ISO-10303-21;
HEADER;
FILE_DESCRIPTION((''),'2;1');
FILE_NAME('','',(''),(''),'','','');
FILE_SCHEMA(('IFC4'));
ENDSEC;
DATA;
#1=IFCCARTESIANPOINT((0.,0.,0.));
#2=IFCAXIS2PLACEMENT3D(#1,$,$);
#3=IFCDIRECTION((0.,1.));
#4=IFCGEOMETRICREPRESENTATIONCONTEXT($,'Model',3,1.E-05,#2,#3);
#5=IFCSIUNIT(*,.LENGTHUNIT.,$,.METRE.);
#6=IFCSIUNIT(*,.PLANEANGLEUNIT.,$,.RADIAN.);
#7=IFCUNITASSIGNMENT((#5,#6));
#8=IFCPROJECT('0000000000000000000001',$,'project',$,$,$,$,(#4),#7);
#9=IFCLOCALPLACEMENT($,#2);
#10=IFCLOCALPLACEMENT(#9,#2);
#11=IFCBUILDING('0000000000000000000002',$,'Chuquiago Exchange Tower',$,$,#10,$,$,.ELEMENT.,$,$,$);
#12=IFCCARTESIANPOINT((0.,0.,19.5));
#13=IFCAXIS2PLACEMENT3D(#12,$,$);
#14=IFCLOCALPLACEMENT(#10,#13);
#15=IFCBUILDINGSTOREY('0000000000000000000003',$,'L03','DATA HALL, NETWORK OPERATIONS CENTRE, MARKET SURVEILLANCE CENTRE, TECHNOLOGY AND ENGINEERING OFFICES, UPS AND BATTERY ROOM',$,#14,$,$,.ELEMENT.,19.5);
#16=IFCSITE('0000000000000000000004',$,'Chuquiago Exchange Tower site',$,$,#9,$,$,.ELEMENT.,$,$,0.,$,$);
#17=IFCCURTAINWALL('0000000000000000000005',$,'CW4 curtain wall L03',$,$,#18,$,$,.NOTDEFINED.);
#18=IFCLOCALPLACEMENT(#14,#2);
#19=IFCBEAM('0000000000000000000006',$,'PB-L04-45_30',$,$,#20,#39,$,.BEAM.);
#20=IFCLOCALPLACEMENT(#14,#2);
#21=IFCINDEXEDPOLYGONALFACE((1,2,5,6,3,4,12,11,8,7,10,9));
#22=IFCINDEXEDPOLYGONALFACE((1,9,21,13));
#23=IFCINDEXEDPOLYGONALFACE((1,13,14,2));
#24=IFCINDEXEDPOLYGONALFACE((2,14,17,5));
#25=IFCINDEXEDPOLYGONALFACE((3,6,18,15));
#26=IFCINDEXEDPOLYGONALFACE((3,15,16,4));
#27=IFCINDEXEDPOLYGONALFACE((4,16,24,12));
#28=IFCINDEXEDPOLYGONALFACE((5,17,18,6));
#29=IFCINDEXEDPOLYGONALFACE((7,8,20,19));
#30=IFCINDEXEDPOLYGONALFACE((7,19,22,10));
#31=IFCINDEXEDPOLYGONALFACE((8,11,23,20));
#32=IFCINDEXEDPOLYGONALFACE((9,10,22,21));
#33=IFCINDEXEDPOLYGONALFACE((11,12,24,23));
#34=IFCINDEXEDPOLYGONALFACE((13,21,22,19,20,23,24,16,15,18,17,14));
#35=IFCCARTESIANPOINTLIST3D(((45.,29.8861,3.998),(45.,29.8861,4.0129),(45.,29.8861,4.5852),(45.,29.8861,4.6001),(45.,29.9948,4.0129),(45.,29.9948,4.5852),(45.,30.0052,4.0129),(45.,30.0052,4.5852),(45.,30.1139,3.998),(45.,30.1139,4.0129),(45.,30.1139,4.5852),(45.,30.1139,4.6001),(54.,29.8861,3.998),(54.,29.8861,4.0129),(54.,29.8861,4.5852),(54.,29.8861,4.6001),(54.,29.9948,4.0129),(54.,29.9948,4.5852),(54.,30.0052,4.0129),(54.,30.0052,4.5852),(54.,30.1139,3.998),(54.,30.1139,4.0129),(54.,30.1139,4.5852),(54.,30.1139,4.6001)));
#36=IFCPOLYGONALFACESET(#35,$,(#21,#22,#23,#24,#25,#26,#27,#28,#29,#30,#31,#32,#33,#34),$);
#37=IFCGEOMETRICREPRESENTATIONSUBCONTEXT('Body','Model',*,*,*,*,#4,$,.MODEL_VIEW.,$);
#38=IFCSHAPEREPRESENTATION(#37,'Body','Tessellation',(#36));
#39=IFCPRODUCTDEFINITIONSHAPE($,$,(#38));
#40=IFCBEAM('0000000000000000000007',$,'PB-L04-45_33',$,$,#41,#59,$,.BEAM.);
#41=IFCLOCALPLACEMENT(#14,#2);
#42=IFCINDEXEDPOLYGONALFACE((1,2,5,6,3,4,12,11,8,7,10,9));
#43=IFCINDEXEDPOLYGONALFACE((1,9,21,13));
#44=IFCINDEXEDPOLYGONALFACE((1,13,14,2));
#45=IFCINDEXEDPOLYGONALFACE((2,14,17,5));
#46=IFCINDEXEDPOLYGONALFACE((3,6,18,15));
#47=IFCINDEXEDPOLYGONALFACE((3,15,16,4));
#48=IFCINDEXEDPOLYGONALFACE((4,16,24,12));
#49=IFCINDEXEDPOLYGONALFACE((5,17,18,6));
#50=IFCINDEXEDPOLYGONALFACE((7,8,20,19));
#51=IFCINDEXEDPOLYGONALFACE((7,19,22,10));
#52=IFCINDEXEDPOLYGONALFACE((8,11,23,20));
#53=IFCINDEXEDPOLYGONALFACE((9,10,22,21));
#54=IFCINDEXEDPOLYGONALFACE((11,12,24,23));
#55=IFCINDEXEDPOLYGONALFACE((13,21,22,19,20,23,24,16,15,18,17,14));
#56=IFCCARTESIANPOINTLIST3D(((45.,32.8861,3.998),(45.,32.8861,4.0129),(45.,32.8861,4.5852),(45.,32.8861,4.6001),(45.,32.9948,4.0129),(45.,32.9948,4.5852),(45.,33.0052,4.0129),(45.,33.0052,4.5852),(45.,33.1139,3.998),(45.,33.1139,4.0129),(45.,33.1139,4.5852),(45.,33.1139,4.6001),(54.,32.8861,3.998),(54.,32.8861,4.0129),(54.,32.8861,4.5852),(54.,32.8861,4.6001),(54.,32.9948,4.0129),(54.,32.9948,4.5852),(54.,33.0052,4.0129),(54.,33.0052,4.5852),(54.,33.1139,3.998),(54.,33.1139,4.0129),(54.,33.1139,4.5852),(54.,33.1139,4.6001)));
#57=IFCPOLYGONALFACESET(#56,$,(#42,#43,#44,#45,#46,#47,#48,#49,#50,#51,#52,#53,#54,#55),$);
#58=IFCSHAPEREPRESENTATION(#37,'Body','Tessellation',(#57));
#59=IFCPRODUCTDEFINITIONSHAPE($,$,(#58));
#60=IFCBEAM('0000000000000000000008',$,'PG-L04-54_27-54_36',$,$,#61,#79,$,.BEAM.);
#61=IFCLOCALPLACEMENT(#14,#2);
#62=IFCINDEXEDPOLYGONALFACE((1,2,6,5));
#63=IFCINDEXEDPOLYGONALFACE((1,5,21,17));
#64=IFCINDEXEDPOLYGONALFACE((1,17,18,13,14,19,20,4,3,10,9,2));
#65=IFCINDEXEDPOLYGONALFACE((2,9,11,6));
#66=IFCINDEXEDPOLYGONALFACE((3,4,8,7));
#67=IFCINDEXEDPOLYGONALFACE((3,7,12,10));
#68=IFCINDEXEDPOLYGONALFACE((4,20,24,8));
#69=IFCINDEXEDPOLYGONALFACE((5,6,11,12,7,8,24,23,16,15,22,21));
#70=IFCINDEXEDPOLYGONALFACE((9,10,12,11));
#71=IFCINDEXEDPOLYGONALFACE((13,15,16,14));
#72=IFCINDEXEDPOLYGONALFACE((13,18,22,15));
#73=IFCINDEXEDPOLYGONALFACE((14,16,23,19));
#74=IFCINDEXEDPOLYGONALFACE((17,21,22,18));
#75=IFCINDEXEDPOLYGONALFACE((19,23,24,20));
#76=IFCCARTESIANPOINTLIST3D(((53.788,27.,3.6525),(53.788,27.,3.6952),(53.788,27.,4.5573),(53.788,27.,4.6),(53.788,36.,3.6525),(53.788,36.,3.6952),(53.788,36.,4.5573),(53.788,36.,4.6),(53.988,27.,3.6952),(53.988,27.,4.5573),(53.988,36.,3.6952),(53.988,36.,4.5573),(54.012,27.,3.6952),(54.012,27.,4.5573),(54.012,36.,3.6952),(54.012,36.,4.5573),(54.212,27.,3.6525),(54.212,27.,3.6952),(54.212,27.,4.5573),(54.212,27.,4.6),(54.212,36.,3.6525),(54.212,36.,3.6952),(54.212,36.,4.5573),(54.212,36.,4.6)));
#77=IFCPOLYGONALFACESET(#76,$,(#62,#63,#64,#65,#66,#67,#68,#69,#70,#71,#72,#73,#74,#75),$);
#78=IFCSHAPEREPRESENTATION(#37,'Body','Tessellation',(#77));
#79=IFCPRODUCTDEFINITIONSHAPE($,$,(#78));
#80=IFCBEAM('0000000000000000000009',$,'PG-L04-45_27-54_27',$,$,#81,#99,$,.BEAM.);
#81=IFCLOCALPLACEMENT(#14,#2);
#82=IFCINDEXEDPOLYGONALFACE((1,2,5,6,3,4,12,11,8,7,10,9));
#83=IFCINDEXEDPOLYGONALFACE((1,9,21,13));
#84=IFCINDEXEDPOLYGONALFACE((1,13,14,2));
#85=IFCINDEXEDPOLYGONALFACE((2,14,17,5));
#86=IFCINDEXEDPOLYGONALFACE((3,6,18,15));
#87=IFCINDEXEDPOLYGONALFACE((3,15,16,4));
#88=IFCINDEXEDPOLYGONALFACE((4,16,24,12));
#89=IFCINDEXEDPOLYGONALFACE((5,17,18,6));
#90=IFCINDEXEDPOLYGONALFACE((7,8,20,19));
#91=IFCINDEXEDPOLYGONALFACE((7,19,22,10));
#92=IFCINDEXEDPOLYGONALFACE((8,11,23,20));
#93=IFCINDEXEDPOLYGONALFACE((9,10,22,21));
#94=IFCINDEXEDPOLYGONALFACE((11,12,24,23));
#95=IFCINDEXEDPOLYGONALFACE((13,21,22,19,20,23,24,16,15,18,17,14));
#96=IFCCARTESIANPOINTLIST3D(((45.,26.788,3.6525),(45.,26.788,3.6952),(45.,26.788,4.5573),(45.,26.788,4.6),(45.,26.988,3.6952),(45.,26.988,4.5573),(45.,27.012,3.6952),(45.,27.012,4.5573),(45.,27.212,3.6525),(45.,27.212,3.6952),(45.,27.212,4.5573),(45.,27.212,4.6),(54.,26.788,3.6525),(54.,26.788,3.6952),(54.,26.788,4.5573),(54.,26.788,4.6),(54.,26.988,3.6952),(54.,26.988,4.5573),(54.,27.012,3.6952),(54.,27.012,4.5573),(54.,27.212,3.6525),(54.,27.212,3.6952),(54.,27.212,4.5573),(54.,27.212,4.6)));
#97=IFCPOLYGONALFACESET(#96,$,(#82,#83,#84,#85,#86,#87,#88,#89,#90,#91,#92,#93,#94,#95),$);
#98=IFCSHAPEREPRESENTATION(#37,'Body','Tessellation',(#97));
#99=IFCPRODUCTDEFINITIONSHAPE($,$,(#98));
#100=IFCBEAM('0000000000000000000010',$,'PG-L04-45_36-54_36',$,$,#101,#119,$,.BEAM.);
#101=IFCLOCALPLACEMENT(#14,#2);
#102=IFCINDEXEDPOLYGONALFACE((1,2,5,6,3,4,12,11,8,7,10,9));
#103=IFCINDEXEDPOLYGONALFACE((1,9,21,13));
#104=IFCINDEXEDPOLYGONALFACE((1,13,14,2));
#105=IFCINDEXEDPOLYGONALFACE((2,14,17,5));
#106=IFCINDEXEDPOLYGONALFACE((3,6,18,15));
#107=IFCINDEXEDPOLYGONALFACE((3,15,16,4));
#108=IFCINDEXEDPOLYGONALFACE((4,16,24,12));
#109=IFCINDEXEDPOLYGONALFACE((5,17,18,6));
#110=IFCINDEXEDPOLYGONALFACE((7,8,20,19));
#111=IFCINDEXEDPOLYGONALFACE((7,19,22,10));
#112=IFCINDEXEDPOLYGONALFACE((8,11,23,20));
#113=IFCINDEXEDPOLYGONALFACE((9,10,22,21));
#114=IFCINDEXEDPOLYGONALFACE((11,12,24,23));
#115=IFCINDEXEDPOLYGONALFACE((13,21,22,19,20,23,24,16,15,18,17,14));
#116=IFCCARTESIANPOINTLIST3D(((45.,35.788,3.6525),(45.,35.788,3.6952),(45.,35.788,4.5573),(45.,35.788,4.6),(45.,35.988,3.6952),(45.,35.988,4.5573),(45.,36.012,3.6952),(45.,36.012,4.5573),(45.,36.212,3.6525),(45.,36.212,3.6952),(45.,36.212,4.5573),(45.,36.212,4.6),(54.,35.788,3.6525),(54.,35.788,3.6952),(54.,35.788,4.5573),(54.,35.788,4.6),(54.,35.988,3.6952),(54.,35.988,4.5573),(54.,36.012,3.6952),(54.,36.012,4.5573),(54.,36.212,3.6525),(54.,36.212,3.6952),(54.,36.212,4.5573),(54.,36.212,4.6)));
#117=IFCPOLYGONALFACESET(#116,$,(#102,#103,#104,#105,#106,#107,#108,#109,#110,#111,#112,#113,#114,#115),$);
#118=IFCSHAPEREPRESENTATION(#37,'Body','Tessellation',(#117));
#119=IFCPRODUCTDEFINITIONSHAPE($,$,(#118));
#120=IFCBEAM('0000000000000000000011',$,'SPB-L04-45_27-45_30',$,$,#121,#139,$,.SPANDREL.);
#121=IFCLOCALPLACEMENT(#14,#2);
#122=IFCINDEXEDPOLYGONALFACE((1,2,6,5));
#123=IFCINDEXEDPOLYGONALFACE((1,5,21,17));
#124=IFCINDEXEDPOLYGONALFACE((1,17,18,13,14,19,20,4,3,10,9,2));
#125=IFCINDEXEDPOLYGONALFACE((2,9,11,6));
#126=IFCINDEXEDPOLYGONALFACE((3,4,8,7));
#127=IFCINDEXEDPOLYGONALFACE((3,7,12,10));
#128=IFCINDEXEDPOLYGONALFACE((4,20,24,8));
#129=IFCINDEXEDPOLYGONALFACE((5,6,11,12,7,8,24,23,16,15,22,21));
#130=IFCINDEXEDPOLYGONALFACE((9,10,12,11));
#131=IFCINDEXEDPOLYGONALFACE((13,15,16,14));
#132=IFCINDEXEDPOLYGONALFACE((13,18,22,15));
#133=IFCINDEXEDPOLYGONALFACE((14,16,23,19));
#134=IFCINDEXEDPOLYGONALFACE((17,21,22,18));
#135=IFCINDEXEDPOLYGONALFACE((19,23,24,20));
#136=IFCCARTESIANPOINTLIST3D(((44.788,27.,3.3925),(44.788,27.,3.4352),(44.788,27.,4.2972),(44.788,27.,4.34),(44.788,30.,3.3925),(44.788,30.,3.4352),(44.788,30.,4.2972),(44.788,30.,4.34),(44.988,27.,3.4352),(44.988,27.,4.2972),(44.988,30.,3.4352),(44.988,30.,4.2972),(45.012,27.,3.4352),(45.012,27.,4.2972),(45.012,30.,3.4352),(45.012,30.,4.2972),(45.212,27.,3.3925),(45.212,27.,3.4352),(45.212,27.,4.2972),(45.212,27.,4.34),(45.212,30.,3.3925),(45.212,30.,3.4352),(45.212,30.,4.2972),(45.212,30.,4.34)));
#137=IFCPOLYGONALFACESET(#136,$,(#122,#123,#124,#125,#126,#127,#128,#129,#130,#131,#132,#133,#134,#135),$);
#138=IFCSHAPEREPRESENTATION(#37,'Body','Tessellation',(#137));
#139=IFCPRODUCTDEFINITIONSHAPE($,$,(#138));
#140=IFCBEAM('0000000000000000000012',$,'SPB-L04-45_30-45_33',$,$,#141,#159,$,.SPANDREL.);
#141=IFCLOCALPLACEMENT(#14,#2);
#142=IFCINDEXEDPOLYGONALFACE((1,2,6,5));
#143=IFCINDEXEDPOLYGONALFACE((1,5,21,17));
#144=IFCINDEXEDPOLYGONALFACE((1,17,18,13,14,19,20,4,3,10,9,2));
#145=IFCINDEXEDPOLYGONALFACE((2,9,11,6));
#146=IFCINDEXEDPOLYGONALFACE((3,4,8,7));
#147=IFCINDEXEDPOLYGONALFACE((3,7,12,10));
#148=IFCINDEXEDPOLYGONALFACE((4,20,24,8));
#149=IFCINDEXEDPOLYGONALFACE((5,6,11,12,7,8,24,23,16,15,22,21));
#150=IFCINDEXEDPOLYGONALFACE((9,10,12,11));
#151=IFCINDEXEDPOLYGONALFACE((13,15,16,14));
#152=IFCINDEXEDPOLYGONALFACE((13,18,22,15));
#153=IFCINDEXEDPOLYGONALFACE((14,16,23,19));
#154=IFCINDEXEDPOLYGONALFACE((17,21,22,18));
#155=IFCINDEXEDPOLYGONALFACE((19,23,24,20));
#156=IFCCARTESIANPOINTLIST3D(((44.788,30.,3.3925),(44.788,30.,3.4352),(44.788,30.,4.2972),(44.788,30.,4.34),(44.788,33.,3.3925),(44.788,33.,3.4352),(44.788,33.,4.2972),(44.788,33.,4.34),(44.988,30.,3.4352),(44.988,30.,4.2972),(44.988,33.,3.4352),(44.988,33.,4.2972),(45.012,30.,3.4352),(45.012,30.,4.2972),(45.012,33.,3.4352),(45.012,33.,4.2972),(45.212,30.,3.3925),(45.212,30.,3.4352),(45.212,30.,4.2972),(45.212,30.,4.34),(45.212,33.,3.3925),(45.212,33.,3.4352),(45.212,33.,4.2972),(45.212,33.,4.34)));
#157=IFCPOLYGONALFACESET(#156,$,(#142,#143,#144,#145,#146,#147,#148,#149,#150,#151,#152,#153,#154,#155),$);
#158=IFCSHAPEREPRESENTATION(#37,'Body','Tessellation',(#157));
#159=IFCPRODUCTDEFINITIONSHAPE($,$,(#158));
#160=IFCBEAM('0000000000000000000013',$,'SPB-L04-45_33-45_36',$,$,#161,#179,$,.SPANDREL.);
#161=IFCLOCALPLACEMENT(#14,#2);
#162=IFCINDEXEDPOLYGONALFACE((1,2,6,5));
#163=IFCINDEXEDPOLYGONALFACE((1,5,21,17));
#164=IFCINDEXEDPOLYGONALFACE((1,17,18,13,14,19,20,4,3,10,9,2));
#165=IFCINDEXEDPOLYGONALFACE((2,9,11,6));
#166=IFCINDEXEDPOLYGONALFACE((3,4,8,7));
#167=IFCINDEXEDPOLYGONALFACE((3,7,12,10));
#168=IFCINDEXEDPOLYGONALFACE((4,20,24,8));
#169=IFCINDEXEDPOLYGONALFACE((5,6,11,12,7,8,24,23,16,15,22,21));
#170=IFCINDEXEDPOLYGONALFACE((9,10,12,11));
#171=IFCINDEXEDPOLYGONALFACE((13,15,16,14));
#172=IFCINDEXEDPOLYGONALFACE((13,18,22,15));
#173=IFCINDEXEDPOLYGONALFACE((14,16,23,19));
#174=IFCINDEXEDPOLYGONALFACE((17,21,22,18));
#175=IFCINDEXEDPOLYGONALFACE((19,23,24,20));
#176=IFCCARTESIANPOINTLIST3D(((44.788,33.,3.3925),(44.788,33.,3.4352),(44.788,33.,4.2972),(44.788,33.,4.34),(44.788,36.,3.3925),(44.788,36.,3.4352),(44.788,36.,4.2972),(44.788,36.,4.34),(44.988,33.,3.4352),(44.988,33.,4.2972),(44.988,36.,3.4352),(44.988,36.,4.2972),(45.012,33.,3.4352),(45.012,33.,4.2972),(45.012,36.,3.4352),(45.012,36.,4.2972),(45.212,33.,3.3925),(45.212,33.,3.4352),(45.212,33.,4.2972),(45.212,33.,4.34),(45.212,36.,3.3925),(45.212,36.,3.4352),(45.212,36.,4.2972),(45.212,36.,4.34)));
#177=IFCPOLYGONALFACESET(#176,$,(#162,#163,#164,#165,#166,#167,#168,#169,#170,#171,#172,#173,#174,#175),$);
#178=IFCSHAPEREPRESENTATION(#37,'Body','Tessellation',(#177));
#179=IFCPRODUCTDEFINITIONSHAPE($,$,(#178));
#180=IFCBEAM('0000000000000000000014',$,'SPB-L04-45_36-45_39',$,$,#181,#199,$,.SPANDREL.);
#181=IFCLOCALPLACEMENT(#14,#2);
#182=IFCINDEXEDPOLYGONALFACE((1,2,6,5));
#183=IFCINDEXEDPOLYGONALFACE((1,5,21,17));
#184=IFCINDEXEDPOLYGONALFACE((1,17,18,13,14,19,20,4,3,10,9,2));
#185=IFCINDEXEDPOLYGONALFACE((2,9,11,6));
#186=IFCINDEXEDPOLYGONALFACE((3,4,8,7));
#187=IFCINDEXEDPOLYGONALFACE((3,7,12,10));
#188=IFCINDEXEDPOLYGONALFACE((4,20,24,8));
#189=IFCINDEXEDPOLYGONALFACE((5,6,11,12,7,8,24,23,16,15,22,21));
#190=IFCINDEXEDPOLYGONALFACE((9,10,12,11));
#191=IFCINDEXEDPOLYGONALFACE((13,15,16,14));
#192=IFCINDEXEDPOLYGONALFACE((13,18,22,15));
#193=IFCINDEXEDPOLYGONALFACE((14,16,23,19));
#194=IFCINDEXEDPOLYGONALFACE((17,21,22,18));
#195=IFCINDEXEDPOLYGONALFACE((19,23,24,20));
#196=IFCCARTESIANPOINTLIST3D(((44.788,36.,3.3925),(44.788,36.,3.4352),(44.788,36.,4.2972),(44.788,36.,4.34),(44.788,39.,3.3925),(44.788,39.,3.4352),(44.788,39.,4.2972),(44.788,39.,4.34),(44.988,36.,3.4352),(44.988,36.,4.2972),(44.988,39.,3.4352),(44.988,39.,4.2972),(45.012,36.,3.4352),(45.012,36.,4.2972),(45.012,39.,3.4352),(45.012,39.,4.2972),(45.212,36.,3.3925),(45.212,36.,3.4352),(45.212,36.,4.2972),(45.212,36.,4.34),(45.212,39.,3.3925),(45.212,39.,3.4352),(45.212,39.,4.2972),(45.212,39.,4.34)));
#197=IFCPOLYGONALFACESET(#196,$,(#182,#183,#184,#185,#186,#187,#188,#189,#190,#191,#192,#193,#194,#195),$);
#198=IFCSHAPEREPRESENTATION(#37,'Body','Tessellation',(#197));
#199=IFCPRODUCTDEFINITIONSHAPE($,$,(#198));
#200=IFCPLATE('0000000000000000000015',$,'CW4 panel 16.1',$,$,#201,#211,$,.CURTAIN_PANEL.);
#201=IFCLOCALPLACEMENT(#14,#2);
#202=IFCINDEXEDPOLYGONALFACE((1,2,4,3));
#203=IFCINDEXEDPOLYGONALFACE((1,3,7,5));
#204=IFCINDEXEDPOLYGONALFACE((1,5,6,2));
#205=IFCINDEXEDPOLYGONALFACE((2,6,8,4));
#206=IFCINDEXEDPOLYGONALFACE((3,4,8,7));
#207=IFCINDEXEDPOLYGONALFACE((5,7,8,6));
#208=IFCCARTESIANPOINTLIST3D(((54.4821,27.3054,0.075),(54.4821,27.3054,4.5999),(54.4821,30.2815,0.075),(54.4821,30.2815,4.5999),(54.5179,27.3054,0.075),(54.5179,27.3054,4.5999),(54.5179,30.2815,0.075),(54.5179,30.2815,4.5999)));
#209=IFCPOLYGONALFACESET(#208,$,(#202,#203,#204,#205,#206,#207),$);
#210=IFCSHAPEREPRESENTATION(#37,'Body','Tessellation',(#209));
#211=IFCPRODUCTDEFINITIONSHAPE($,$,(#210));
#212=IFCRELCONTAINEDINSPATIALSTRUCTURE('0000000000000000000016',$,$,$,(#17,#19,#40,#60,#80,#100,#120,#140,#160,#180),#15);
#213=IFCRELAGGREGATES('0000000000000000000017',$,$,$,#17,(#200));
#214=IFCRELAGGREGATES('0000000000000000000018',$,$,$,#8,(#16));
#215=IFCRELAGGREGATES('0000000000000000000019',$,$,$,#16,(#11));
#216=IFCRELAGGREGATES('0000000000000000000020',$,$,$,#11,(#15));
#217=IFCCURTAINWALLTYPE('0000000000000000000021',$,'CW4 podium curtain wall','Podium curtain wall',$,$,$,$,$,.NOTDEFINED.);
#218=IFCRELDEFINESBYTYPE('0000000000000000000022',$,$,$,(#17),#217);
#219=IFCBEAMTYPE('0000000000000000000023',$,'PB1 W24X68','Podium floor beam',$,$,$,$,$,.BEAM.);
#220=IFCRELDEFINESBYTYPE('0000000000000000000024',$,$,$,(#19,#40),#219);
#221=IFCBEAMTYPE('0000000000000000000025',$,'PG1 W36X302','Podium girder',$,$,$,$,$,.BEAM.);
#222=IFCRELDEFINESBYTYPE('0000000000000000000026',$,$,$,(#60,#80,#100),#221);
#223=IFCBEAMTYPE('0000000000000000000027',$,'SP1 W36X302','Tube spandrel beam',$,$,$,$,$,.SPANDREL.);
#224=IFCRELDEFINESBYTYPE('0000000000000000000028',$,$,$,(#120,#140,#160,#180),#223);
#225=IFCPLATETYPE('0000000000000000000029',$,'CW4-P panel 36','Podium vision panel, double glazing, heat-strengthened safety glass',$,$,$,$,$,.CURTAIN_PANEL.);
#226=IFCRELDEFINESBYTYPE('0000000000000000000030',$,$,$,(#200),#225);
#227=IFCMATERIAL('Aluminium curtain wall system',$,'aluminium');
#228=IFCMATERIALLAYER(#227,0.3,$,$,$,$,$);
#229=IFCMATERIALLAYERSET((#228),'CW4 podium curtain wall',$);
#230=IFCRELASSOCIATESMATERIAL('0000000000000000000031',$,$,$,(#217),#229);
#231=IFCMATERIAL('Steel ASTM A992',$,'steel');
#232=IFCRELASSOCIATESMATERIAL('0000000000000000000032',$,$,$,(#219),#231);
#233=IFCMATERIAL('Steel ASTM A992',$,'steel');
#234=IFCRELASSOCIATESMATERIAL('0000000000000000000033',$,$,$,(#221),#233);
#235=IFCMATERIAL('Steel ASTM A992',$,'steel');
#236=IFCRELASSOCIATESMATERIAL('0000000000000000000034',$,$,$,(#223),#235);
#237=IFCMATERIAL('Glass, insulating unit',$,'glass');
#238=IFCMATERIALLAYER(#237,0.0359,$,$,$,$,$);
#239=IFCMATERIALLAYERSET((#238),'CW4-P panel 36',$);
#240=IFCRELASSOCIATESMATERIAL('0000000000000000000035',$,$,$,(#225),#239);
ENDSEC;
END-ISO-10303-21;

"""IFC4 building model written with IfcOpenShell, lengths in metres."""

from ifc_helpers import new_model, si_unit, direction, frame, origin, origin_2d, place, context, subcontext, project, spatial, rectangle, i_section, extrude, material, layer, layer_set, material_profile, profile_set, type_object, element, aggregate, save


model = new_model("IFC4")

# Units and contexts
model_context = context("Model", 3, precision=1e-05, world=origin(), true_north=direction((0.0, 1.0)))
body_context = subcontext(model_context, "Body", "Model", "MODEL_VIEW")
ifc_project = project(units=[si_unit("LENGTHUNIT", "METRE"), si_unit("PLANEANGLEUNIT", "RADIAN")], contexts=[model_context])

# Site, building, storey
site_placement = place(None, origin())
site = spatial("IfcSite", under=ifc_project, at=site_placement, Name="Chuquiago Exchange Tower site", CompositionType="ELEMENT", RefElevation=0.0)
building_placement = place(site_placement, origin())
building = spatial("IfcBuilding", under=site, at=building_placement, Name="Chuquiago Exchange Tower", CompositionType="ELEMENT")
storey_placement = place(building_placement, frame((0.0, 0.0, 19.5)))
storey = spatial("IfcBuildingStorey", under=building, at=storey_placement, Name="L03", Description="DATA HALL, NETWORK OPERATIONS CENTRE, MARKET SURVEILLANCE CENTRE, TECHNOLOGY AND ENGINEERING OFFICES, UPS AND BATTERY ROOM", CompositionType="ELEMENT", Elevation=19.5)

# Curtain wall
ifc_material_1 = material(Name="Aluminium curtain wall system", Category="aluminium")
ifc_layer_1 = layer(ifc_material_1, 0.3)
ifc_layer_set_1 = layer_set([ifc_layer_1], Name="CW4 podium curtain wall")
curtain_wall_type = type_object("IfcCurtainWallType", Name="CW4 podium curtain wall", Description="Podium curtain wall", PredefinedType="NOTDEFINED", material=ifc_layer_set_1)
curtain_wall_placement = place(storey_placement, origin())
curtain_wall = element("IfcCurtainWall", 1, at=curtain_wall_placement, inside=storey, type_object=curtain_wall_type, Name="CW4 curtain wall L03", PredefinedType="NOTDEFINED")

# Beams
ifc_material_2 = material(Name="Steel ASTM A992", Category="steel")
ifc_material_profile_1 = material_profile(ifc_material_2, i_section(OverallWidth=0.2278, OverallDepth=0.6021, WebThickness=0.0105, FlangeThickness=0.0149, at=origin_2d()), Name="W24X68")
ifc_profile_set_1 = profile_set([ifc_material_profile_1], Name="Steel ASTM A992")
beam_type_1 = type_object("IfcBeamType", Name="PB1 W24X68", Description="Podium floor beam", PredefinedType="BEAM", material=ifc_profile_set_1)
for number, where, z_axis, x_axis, name in (
    (2, (45.0, 30.0, 4.2991), (1.0, 0.0, 0.0), (0.0, 1.0, 0.0), "PB-L04-45_30"),
    (3, (45.0, 33.0, 4.2991), (1.0, 0.0, 0.0), (0.0, 1.0, 0.0), "PB-L04-45_33"),
):
    element("IfcBeam", number, at=place(storey_placement, frame(where, z_axis=z_axis, x_axis=x_axis)), inside=storey, type_object=beam_type_1, Name=name, PredefinedType="BEAM", context=body_context, shape_type="SweptSolid", body=[
        extrude(i_section(OverallWidth=0.2278, OverallDepth=0.6021, WebThickness=0.0105, FlangeThickness=0.0149, at=origin_2d()), origin(), (0.0, 0.0, 1.0), 9.0),
    ])
ifc_material_3 = material(Name="Steel ASTM A992", Category="steel")
ifc_material_profile_2 = material_profile(ifc_material_3, i_section(OverallWidth=0.4241, OverallDepth=0.9475, WebThickness=0.0239, FlangeThickness=0.0427, at=origin_2d()), Name="W36X302")
ifc_profile_set_2 = profile_set([ifc_material_profile_2], Name="Steel ASTM A992")
beam_type_2 = type_object("IfcBeamType", Name="PG1 W36X302", Description="Podium girder", PredefinedType="BEAM", material=ifc_profile_set_2)
for number, where, z_axis, x_axis, name in (
    (4, (54.0, 27.0, 4.1262), (0.0, 1.0, 0.0), (-1.0, 0.0, 0.0), "PG-L04-54_27-54_36"),
    (5, (45.0, 27.0, 4.1262), (1.0, 0.0, 0.0), (0.0, 1.0, 0.0), "PG-L04-45_27-54_27"),
    (6, (45.0, 36.0, 4.1262), (1.0, 0.0, 0.0), (0.0, 1.0, 0.0), "PG-L04-45_36-54_36"),
):
    element("IfcBeam", number, at=place(storey_placement, frame(where, z_axis=z_axis, x_axis=x_axis)), inside=storey, type_object=beam_type_2, Name=name, PredefinedType="BEAM", context=body_context, shape_type="SweptSolid", body=[
        extrude(i_section(OverallWidth=0.4241, OverallDepth=0.9475, WebThickness=0.0239, FlangeThickness=0.0427, at=origin_2d()), origin(), (0.0, 0.0, 1.0), 9.0),
    ])
ifc_material_4 = material(Name="Steel ASTM A992", Category="steel")
ifc_material_profile_3 = material_profile(ifc_material_4, i_section(OverallWidth=0.4241, OverallDepth=0.9475, WebThickness=0.0239, FlangeThickness=0.0427, at=origin_2d()), Name="W36X302")
ifc_profile_set_3 = profile_set([ifc_material_profile_3], Name="Steel ASTM A992")
beam_type_3 = type_object("IfcBeamType", Name="SP1 W36X302", Description="Tube spandrel beam", PredefinedType="SPANDREL", material=ifc_profile_set_3)
for number, where, z_axis, x_axis, name in (
    (7, (45.0, 27.0, 3.8662), (0.0, 1.0, 0.0), (-1.0, 0.0, 0.0), "SPB-L04-45_27-45_30"),
    (8, (45.0, 30.0, 3.8662), (0.0, 1.0, 0.0), (-1.0, 0.0, 0.0), "SPB-L04-45_30-45_33"),
    (9, (45.0, 33.0, 3.8662), (0.0, 1.0, 0.0), (-1.0, 0.0, 0.0), "SPB-L04-45_33-45_36"),
    (10, (45.0, 36.0, 3.8662), (0.0, 1.0, 0.0), (-1.0, 0.0, 0.0), "SPB-L04-45_36-45_39"),
):
    element("IfcBeam", number, at=place(storey_placement, frame(where, z_axis=z_axis, x_axis=x_axis)), inside=storey, type_object=beam_type_3, Name=name, PredefinedType="SPANDREL", context=body_context, shape_type="SweptSolid", body=[
        extrude(i_section(OverallWidth=0.4241, OverallDepth=0.9475, WebThickness=0.0239, FlangeThickness=0.0427, at=origin_2d()), origin(), (0.0, 0.0, 1.0), 3.0),
    ])

# Plate
ifc_material_5 = material(Name="Glass, insulating unit", Category="glass")
ifc_layer_2 = layer(ifc_material_5, 0.0359)
ifc_layer_set_2 = layer_set([ifc_layer_2], Name="CW4-P panel 36")
plate_type = type_object("IfcPlateType", Name="CW4-P panel 36", Description="Podium vision panel, double glazing, heat-strengthened safety glass", PredefinedType="CURTAIN_PANEL", material=ifc_layer_set_2)
plate_1_placement = place(storey_placement, frame((54.5, 28.7935, 0.075), z_axis=(0.0, 0.0, 1.0), x_axis=(0.0, 1.0, 0.0)))
plate_1 = element("IfcPlate", 11, at=plate_1_placement, type_object=plate_type, Name="CW4 panel 16.1", PredefinedType="CURTAIN_PANEL", context=body_context, shape_type="SweptSolid", body=[
    extrude(rectangle(XDim=2.9761, YDim=0.0359, at=origin_2d()), origin(), (0.0, 0.0, 1.0), 4.5249),
])
aggregate(curtain_wall, [plate_1])

save(model, "model.ifc")
